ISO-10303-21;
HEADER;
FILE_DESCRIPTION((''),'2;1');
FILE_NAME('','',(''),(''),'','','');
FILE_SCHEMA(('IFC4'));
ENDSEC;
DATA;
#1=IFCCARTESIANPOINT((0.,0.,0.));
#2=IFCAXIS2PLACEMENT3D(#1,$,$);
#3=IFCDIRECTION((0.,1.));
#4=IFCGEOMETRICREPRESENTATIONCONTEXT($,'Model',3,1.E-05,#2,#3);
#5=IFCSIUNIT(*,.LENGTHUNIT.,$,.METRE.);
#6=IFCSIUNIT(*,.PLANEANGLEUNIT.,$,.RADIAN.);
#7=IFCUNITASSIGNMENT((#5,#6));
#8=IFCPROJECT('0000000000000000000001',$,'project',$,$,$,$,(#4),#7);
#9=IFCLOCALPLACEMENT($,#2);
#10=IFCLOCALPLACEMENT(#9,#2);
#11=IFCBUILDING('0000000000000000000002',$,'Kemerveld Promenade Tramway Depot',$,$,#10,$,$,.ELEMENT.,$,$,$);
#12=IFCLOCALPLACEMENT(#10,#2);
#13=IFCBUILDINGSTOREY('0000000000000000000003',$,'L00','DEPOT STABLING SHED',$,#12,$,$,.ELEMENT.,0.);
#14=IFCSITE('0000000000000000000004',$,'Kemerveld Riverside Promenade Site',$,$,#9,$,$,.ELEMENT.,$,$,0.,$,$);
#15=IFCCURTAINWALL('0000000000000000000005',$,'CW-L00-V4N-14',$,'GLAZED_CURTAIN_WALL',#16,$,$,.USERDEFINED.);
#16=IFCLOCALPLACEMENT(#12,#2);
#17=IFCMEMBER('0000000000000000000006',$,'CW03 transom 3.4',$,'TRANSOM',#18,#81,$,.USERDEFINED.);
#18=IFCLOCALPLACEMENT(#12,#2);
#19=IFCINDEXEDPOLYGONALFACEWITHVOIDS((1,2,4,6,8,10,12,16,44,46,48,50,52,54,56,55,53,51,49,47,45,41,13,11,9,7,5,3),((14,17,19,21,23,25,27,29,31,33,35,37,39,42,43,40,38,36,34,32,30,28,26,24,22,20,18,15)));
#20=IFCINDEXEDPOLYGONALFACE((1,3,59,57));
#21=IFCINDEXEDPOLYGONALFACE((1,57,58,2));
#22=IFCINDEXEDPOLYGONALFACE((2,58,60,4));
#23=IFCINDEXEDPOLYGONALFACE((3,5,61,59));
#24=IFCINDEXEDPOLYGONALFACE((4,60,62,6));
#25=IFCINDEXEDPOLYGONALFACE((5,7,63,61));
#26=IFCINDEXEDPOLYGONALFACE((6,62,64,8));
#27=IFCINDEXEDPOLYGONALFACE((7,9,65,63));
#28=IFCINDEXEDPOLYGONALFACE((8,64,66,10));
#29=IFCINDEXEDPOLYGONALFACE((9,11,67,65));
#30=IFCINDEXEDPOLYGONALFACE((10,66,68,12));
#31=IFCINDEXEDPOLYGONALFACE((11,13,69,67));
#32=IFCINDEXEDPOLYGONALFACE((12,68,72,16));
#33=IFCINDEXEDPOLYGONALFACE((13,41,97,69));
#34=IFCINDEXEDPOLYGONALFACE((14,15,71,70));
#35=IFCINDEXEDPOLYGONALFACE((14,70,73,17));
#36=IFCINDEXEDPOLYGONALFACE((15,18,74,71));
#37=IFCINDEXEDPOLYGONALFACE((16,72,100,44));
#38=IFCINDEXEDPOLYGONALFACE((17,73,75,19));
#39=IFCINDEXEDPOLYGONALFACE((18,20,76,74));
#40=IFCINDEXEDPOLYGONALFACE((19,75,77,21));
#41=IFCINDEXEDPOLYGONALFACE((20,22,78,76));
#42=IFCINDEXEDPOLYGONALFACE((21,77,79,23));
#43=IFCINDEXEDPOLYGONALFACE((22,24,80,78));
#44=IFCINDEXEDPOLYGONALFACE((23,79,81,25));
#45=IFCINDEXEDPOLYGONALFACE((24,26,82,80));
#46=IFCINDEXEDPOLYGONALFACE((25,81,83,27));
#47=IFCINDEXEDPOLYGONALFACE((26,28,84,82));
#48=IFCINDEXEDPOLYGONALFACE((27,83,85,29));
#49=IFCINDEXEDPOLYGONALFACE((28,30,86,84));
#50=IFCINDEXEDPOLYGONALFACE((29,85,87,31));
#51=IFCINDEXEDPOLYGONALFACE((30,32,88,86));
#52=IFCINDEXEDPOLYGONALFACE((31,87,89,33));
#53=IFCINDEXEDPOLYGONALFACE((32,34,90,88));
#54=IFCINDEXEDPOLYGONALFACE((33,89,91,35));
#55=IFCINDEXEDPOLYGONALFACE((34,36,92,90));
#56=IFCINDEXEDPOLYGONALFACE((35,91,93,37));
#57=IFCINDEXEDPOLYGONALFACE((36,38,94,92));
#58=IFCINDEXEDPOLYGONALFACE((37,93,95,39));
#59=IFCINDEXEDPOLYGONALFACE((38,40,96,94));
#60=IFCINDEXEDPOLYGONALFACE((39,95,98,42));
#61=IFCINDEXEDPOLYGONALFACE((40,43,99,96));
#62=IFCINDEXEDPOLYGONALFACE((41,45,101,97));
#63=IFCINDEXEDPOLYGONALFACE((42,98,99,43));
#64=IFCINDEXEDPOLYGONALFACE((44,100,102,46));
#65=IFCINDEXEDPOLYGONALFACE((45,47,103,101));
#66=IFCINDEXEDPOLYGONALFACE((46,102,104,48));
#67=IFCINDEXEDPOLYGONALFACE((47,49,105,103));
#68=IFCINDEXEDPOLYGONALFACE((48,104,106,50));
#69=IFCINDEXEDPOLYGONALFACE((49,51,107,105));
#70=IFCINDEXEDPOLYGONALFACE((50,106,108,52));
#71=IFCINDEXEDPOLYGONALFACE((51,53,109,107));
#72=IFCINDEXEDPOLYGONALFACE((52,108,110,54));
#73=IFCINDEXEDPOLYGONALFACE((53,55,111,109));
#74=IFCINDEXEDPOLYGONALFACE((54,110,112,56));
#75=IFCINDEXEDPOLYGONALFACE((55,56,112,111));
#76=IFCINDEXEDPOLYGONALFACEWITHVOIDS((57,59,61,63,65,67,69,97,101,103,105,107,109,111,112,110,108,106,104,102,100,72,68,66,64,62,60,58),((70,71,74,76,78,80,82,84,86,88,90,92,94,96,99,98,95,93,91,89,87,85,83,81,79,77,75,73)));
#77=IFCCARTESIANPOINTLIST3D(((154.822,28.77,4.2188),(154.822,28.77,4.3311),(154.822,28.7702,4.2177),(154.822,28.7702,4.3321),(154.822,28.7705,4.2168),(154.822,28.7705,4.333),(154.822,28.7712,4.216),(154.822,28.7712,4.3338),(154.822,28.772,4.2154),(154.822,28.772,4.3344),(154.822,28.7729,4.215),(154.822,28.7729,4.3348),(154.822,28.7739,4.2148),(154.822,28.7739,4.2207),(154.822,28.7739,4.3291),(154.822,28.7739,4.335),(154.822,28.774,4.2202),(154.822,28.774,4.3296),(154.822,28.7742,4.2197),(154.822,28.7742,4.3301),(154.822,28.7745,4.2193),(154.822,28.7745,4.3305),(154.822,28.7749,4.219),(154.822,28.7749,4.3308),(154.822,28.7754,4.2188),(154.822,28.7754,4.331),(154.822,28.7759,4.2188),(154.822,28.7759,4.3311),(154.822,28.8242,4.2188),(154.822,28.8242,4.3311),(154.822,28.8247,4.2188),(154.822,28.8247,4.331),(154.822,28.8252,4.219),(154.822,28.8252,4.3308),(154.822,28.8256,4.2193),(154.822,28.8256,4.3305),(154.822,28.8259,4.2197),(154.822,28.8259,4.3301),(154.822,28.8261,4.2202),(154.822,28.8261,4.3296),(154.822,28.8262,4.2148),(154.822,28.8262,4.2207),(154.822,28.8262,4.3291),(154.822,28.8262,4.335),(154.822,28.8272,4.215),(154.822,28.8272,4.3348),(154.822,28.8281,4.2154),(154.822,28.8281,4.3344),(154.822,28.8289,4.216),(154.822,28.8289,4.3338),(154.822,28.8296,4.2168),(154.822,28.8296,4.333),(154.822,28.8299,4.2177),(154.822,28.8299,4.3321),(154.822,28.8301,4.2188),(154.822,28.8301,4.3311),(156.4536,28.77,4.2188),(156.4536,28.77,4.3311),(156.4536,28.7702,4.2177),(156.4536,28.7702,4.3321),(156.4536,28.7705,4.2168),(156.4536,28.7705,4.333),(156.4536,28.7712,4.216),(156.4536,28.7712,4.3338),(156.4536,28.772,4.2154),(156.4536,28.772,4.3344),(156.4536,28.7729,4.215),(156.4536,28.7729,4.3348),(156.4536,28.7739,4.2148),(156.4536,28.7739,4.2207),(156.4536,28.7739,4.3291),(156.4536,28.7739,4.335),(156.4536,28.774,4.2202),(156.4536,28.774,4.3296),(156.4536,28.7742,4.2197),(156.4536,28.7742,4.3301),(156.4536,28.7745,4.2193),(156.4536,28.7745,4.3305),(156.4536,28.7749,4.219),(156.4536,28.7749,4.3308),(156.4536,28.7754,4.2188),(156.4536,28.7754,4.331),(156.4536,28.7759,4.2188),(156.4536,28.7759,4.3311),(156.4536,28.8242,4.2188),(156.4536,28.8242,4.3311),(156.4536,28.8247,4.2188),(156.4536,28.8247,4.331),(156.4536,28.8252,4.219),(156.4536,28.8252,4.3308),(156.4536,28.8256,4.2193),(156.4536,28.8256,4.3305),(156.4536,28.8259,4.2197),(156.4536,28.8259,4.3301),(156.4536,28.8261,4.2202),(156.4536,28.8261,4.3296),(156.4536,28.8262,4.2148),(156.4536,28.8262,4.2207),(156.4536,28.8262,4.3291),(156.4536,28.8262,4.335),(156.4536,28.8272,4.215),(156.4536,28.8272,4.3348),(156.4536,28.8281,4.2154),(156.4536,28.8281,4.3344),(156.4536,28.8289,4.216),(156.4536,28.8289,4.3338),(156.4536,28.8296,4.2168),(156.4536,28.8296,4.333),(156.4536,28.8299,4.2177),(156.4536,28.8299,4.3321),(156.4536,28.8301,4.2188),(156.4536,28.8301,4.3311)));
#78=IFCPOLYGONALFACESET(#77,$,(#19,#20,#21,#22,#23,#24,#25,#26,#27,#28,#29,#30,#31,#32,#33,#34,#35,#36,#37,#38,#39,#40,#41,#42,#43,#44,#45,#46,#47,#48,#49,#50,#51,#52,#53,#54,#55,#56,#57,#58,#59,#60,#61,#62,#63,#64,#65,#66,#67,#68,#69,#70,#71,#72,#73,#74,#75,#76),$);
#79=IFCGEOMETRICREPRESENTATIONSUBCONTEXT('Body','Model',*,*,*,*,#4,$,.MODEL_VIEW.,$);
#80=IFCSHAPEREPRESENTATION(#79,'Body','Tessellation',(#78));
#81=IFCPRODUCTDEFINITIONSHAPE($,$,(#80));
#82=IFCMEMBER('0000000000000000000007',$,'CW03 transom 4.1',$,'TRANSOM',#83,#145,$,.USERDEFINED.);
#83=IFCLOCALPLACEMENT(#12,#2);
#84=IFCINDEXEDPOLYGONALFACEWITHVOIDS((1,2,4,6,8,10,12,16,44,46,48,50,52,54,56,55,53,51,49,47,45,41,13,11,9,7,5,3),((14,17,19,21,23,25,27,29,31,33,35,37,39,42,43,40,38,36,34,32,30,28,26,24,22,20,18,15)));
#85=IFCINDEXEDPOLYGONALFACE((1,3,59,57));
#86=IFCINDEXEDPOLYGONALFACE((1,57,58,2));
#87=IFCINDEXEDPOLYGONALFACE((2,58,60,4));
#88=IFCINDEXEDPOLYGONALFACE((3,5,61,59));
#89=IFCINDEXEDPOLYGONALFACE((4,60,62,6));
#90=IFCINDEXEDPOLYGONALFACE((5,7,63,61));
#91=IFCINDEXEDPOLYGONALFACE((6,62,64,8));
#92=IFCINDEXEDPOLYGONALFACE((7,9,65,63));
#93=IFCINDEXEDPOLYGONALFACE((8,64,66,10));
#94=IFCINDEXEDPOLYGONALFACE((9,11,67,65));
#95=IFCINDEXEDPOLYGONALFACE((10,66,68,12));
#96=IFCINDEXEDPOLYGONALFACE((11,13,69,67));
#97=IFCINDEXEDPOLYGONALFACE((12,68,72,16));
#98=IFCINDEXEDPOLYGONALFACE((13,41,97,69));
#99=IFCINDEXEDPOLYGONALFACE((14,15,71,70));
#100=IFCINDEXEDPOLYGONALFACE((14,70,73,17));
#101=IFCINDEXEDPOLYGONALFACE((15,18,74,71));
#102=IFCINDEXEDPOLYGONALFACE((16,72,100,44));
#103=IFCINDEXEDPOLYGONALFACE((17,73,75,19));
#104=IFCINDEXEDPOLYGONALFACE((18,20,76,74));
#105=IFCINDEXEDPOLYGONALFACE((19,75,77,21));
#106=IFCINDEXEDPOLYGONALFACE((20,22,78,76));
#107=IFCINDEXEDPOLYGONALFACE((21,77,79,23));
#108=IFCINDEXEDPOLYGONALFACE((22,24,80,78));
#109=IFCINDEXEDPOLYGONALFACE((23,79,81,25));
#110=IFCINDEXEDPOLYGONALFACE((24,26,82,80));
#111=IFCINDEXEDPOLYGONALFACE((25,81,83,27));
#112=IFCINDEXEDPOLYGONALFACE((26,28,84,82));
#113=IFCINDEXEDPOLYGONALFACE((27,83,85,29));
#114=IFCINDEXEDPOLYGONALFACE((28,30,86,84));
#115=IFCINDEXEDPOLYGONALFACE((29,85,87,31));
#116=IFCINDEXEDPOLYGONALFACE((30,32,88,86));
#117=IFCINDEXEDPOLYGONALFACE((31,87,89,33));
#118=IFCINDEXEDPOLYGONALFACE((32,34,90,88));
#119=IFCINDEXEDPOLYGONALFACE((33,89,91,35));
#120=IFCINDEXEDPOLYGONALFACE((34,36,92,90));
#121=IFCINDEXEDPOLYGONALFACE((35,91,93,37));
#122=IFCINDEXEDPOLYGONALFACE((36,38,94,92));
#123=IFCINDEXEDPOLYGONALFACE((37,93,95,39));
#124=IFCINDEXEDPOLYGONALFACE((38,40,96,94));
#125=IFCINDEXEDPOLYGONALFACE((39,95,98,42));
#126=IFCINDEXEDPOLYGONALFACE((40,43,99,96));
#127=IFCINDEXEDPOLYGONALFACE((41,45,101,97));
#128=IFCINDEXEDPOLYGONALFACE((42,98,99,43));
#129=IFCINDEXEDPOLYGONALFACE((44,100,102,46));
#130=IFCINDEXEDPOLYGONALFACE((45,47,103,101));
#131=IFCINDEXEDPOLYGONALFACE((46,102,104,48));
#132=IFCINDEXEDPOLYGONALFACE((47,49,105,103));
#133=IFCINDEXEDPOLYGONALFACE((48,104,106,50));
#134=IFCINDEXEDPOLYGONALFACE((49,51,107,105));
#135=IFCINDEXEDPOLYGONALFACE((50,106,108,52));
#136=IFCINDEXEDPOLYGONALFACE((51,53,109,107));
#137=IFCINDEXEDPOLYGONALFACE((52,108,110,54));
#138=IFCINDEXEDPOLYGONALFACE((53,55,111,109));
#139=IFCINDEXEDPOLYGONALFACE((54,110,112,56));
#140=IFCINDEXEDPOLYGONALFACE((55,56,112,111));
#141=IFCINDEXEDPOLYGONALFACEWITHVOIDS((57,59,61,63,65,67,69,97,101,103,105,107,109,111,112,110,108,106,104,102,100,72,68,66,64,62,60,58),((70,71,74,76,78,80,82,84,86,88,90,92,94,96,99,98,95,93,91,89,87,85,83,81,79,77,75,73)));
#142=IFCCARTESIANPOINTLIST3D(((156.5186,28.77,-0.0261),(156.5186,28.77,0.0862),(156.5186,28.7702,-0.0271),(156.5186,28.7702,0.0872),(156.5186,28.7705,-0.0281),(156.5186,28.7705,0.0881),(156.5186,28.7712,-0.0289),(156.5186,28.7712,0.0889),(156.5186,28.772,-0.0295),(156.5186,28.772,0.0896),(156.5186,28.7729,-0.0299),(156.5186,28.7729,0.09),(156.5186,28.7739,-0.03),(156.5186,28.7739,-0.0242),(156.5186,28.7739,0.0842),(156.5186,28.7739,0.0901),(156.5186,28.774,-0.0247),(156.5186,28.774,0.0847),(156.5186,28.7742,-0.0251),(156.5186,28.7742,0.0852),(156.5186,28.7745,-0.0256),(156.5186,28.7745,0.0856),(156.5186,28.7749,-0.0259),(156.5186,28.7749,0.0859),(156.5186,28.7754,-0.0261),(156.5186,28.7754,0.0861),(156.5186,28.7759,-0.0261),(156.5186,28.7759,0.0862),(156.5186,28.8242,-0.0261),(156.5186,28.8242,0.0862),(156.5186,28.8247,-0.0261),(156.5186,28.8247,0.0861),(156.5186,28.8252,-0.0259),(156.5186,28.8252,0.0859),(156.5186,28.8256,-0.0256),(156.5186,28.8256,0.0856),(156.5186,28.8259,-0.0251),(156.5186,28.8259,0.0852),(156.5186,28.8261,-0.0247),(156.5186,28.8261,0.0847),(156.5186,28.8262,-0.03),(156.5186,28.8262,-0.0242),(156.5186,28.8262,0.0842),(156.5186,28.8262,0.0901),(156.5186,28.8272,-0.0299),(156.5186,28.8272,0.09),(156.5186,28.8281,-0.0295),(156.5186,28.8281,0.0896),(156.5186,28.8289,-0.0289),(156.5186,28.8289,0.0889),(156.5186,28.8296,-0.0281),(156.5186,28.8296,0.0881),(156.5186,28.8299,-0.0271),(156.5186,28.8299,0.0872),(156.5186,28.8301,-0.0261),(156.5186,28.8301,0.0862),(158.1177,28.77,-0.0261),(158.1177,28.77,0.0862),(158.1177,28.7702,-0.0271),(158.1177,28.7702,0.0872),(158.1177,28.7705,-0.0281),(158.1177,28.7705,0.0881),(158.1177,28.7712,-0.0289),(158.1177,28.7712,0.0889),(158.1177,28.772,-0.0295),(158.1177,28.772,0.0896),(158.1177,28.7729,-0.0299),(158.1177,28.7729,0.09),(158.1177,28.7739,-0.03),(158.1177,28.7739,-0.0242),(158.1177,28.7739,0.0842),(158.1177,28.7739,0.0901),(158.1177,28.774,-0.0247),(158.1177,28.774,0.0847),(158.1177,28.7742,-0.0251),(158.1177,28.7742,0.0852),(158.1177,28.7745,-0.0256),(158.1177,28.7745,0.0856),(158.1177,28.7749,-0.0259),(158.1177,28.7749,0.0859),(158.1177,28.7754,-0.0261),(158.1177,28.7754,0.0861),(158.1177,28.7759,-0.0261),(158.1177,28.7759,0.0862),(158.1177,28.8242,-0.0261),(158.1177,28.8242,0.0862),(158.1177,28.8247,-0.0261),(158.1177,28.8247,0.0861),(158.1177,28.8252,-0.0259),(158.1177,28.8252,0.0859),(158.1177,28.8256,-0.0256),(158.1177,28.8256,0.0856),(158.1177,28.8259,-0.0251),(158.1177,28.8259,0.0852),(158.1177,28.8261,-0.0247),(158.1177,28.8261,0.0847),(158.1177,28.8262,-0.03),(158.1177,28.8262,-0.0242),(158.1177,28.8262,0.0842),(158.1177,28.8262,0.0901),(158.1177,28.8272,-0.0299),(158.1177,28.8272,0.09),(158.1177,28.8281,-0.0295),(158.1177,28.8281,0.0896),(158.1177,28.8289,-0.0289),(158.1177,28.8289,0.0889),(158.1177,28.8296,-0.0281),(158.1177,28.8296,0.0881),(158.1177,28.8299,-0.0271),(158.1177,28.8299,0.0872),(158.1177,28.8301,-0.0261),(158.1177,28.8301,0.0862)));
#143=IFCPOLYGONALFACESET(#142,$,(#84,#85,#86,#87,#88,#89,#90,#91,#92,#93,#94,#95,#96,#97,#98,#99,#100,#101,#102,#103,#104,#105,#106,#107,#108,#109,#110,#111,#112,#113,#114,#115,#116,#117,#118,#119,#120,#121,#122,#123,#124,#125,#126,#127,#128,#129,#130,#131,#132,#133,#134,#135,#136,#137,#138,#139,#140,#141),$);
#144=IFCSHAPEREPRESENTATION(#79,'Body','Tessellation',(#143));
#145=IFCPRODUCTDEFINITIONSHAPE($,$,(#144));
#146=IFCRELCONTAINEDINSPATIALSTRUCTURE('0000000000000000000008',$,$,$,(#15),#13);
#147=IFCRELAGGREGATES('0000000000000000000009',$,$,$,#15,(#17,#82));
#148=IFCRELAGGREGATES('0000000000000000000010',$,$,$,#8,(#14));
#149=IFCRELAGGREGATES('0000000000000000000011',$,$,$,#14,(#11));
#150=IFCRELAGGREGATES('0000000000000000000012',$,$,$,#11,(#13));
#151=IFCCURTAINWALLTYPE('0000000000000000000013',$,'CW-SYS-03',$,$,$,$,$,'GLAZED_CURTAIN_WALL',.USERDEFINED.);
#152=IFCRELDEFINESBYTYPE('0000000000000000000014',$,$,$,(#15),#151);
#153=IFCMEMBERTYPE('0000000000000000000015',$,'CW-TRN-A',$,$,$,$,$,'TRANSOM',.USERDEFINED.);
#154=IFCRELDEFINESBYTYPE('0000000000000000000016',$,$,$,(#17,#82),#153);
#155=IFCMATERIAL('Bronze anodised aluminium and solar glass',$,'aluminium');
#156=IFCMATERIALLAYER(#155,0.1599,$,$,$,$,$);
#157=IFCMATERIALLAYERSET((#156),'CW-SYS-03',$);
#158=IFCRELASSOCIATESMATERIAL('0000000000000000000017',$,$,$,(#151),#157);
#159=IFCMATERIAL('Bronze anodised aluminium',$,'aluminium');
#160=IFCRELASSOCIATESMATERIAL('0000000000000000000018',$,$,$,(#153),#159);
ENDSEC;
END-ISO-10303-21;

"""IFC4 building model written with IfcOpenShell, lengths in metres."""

from ifc_helpers import new_model, si_unit, direction, frame, origin, origin_2d, place, context, subcontext, project, spatial, hollow_rectangle, extrude, material, layer, layer_set, material_profile, profile_set, type_object, element, aggregate, save


model = new_model("IFC4")

# Units and contexts
model_context = context("Model", 3, precision=1e-05, world=origin(), true_north=direction((0.0, 1.0)))
body_context = subcontext(model_context, "Body", "Model", "MODEL_VIEW")
ifc_project = project(units=[si_unit("LENGTHUNIT", "METRE"), si_unit("PLANEANGLEUNIT", "RADIAN")], contexts=[model_context])

# Site, building, storey
site_placement = place(None, origin())
site = spatial("IfcSite", under=ifc_project, at=site_placement, Name="Kemerveld Riverside Promenade Site", CompositionType="ELEMENT", RefElevation=0.0)
building_placement = place(site_placement, origin())
building = spatial("IfcBuilding", under=site, at=building_placement, Name="Kemerveld Promenade Tramway Depot", CompositionType="ELEMENT")
storey_placement = place(building_placement, origin())
storey = spatial("IfcBuildingStorey", under=building, at=storey_placement, Name="L00", Description="DEPOT STABLING SHED", CompositionType="ELEMENT", Elevation=0.0)

# Curtain wall, members
ifc_material_1 = material(Name="Bronze anodised aluminium and solar glass", Category="aluminium")
ifc_layer_1 = layer(ifc_material_1, 0.1599)
ifc_layer_set_1 = layer_set([ifc_layer_1], Name="CW-SYS-03")
curtain_wall_type = type_object("IfcCurtainWallType", Name="CW-SYS-03", ElementType="GLAZED_CURTAIN_WALL", PredefinedType="USERDEFINED", material=ifc_layer_set_1)
curtain_wall_placement = place(storey_placement, origin())
curtain_wall = element("IfcCurtainWall", 1, at=curtain_wall_placement, inside=storey, type_object=curtain_wall_type, Name="CW-L00-V4N-14", ObjectType="GLAZED_CURTAIN_WALL", PredefinedType="USERDEFINED")
ifc_material_2 = material(Name="Bronze anodised aluminium", Category="aluminium")
ifc_material_profile_1 = material_profile(ifc_material_2, hollow_rectangle(XDim=0.0601, YDim=0.1201, WallThickness=0.0039, InnerFilletRadius=0.002, OuterFilletRadius=0.0039, at=origin_2d()), Name="CW-TRN-120x60")
ifc_profile_set_1 = profile_set([ifc_material_profile_1], Name="Bronze anodised aluminium")
member_type_1 = type_object("IfcMemberType", Name="CW-TRN-A", ElementType="TRANSOM", PredefinedType="USERDEFINED", material=ifc_profile_set_1)
member_1_placement = place(storey_placement, frame((154.822, 28.8, 4.2749), z_axis=(1.0, 0.0, 0.0), x_axis=(0.0, 1.0, 0.0)))
member_1 = element("IfcMember", 2, at=member_1_placement, type_object=member_type_1, Name="CW03 transom 3.4", ObjectType="TRANSOM", PredefinedType="USERDEFINED", context=body_context, shape_type="SweptSolid", body=[
    extrude(hollow_rectangle(XDim=0.0601, YDim=0.1201, WallThickness=0.0039, InnerFilletRadius=0.002, OuterFilletRadius=0.0039, at=origin_2d()), origin(), (0.0, 0.0, 1.0), 1.6316),
])
member_2_placement = place(storey_placement, frame((156.5186, 28.8, 0.03), z_axis=(1.0, 0.0, 0.0), x_axis=(0.0, 1.0, 0.0)))
member_2 = element("IfcMember", 3, at=member_2_placement, type_object=member_type_1, Name="CW03 transom 4.1", ObjectType="TRANSOM", PredefinedType="USERDEFINED", context=body_context, shape_type="SweptSolid", body=[
    extrude(hollow_rectangle(XDim=0.0601, YDim=0.1201, WallThickness=0.0039, InnerFilletRadius=0.002, OuterFilletRadius=0.0039, at=origin_2d()), origin(), (0.0, 0.0, 1.0), 1.5991),
])
aggregate(curtain_wall, [member_1, member_2])

save(model, "model.ifc")
